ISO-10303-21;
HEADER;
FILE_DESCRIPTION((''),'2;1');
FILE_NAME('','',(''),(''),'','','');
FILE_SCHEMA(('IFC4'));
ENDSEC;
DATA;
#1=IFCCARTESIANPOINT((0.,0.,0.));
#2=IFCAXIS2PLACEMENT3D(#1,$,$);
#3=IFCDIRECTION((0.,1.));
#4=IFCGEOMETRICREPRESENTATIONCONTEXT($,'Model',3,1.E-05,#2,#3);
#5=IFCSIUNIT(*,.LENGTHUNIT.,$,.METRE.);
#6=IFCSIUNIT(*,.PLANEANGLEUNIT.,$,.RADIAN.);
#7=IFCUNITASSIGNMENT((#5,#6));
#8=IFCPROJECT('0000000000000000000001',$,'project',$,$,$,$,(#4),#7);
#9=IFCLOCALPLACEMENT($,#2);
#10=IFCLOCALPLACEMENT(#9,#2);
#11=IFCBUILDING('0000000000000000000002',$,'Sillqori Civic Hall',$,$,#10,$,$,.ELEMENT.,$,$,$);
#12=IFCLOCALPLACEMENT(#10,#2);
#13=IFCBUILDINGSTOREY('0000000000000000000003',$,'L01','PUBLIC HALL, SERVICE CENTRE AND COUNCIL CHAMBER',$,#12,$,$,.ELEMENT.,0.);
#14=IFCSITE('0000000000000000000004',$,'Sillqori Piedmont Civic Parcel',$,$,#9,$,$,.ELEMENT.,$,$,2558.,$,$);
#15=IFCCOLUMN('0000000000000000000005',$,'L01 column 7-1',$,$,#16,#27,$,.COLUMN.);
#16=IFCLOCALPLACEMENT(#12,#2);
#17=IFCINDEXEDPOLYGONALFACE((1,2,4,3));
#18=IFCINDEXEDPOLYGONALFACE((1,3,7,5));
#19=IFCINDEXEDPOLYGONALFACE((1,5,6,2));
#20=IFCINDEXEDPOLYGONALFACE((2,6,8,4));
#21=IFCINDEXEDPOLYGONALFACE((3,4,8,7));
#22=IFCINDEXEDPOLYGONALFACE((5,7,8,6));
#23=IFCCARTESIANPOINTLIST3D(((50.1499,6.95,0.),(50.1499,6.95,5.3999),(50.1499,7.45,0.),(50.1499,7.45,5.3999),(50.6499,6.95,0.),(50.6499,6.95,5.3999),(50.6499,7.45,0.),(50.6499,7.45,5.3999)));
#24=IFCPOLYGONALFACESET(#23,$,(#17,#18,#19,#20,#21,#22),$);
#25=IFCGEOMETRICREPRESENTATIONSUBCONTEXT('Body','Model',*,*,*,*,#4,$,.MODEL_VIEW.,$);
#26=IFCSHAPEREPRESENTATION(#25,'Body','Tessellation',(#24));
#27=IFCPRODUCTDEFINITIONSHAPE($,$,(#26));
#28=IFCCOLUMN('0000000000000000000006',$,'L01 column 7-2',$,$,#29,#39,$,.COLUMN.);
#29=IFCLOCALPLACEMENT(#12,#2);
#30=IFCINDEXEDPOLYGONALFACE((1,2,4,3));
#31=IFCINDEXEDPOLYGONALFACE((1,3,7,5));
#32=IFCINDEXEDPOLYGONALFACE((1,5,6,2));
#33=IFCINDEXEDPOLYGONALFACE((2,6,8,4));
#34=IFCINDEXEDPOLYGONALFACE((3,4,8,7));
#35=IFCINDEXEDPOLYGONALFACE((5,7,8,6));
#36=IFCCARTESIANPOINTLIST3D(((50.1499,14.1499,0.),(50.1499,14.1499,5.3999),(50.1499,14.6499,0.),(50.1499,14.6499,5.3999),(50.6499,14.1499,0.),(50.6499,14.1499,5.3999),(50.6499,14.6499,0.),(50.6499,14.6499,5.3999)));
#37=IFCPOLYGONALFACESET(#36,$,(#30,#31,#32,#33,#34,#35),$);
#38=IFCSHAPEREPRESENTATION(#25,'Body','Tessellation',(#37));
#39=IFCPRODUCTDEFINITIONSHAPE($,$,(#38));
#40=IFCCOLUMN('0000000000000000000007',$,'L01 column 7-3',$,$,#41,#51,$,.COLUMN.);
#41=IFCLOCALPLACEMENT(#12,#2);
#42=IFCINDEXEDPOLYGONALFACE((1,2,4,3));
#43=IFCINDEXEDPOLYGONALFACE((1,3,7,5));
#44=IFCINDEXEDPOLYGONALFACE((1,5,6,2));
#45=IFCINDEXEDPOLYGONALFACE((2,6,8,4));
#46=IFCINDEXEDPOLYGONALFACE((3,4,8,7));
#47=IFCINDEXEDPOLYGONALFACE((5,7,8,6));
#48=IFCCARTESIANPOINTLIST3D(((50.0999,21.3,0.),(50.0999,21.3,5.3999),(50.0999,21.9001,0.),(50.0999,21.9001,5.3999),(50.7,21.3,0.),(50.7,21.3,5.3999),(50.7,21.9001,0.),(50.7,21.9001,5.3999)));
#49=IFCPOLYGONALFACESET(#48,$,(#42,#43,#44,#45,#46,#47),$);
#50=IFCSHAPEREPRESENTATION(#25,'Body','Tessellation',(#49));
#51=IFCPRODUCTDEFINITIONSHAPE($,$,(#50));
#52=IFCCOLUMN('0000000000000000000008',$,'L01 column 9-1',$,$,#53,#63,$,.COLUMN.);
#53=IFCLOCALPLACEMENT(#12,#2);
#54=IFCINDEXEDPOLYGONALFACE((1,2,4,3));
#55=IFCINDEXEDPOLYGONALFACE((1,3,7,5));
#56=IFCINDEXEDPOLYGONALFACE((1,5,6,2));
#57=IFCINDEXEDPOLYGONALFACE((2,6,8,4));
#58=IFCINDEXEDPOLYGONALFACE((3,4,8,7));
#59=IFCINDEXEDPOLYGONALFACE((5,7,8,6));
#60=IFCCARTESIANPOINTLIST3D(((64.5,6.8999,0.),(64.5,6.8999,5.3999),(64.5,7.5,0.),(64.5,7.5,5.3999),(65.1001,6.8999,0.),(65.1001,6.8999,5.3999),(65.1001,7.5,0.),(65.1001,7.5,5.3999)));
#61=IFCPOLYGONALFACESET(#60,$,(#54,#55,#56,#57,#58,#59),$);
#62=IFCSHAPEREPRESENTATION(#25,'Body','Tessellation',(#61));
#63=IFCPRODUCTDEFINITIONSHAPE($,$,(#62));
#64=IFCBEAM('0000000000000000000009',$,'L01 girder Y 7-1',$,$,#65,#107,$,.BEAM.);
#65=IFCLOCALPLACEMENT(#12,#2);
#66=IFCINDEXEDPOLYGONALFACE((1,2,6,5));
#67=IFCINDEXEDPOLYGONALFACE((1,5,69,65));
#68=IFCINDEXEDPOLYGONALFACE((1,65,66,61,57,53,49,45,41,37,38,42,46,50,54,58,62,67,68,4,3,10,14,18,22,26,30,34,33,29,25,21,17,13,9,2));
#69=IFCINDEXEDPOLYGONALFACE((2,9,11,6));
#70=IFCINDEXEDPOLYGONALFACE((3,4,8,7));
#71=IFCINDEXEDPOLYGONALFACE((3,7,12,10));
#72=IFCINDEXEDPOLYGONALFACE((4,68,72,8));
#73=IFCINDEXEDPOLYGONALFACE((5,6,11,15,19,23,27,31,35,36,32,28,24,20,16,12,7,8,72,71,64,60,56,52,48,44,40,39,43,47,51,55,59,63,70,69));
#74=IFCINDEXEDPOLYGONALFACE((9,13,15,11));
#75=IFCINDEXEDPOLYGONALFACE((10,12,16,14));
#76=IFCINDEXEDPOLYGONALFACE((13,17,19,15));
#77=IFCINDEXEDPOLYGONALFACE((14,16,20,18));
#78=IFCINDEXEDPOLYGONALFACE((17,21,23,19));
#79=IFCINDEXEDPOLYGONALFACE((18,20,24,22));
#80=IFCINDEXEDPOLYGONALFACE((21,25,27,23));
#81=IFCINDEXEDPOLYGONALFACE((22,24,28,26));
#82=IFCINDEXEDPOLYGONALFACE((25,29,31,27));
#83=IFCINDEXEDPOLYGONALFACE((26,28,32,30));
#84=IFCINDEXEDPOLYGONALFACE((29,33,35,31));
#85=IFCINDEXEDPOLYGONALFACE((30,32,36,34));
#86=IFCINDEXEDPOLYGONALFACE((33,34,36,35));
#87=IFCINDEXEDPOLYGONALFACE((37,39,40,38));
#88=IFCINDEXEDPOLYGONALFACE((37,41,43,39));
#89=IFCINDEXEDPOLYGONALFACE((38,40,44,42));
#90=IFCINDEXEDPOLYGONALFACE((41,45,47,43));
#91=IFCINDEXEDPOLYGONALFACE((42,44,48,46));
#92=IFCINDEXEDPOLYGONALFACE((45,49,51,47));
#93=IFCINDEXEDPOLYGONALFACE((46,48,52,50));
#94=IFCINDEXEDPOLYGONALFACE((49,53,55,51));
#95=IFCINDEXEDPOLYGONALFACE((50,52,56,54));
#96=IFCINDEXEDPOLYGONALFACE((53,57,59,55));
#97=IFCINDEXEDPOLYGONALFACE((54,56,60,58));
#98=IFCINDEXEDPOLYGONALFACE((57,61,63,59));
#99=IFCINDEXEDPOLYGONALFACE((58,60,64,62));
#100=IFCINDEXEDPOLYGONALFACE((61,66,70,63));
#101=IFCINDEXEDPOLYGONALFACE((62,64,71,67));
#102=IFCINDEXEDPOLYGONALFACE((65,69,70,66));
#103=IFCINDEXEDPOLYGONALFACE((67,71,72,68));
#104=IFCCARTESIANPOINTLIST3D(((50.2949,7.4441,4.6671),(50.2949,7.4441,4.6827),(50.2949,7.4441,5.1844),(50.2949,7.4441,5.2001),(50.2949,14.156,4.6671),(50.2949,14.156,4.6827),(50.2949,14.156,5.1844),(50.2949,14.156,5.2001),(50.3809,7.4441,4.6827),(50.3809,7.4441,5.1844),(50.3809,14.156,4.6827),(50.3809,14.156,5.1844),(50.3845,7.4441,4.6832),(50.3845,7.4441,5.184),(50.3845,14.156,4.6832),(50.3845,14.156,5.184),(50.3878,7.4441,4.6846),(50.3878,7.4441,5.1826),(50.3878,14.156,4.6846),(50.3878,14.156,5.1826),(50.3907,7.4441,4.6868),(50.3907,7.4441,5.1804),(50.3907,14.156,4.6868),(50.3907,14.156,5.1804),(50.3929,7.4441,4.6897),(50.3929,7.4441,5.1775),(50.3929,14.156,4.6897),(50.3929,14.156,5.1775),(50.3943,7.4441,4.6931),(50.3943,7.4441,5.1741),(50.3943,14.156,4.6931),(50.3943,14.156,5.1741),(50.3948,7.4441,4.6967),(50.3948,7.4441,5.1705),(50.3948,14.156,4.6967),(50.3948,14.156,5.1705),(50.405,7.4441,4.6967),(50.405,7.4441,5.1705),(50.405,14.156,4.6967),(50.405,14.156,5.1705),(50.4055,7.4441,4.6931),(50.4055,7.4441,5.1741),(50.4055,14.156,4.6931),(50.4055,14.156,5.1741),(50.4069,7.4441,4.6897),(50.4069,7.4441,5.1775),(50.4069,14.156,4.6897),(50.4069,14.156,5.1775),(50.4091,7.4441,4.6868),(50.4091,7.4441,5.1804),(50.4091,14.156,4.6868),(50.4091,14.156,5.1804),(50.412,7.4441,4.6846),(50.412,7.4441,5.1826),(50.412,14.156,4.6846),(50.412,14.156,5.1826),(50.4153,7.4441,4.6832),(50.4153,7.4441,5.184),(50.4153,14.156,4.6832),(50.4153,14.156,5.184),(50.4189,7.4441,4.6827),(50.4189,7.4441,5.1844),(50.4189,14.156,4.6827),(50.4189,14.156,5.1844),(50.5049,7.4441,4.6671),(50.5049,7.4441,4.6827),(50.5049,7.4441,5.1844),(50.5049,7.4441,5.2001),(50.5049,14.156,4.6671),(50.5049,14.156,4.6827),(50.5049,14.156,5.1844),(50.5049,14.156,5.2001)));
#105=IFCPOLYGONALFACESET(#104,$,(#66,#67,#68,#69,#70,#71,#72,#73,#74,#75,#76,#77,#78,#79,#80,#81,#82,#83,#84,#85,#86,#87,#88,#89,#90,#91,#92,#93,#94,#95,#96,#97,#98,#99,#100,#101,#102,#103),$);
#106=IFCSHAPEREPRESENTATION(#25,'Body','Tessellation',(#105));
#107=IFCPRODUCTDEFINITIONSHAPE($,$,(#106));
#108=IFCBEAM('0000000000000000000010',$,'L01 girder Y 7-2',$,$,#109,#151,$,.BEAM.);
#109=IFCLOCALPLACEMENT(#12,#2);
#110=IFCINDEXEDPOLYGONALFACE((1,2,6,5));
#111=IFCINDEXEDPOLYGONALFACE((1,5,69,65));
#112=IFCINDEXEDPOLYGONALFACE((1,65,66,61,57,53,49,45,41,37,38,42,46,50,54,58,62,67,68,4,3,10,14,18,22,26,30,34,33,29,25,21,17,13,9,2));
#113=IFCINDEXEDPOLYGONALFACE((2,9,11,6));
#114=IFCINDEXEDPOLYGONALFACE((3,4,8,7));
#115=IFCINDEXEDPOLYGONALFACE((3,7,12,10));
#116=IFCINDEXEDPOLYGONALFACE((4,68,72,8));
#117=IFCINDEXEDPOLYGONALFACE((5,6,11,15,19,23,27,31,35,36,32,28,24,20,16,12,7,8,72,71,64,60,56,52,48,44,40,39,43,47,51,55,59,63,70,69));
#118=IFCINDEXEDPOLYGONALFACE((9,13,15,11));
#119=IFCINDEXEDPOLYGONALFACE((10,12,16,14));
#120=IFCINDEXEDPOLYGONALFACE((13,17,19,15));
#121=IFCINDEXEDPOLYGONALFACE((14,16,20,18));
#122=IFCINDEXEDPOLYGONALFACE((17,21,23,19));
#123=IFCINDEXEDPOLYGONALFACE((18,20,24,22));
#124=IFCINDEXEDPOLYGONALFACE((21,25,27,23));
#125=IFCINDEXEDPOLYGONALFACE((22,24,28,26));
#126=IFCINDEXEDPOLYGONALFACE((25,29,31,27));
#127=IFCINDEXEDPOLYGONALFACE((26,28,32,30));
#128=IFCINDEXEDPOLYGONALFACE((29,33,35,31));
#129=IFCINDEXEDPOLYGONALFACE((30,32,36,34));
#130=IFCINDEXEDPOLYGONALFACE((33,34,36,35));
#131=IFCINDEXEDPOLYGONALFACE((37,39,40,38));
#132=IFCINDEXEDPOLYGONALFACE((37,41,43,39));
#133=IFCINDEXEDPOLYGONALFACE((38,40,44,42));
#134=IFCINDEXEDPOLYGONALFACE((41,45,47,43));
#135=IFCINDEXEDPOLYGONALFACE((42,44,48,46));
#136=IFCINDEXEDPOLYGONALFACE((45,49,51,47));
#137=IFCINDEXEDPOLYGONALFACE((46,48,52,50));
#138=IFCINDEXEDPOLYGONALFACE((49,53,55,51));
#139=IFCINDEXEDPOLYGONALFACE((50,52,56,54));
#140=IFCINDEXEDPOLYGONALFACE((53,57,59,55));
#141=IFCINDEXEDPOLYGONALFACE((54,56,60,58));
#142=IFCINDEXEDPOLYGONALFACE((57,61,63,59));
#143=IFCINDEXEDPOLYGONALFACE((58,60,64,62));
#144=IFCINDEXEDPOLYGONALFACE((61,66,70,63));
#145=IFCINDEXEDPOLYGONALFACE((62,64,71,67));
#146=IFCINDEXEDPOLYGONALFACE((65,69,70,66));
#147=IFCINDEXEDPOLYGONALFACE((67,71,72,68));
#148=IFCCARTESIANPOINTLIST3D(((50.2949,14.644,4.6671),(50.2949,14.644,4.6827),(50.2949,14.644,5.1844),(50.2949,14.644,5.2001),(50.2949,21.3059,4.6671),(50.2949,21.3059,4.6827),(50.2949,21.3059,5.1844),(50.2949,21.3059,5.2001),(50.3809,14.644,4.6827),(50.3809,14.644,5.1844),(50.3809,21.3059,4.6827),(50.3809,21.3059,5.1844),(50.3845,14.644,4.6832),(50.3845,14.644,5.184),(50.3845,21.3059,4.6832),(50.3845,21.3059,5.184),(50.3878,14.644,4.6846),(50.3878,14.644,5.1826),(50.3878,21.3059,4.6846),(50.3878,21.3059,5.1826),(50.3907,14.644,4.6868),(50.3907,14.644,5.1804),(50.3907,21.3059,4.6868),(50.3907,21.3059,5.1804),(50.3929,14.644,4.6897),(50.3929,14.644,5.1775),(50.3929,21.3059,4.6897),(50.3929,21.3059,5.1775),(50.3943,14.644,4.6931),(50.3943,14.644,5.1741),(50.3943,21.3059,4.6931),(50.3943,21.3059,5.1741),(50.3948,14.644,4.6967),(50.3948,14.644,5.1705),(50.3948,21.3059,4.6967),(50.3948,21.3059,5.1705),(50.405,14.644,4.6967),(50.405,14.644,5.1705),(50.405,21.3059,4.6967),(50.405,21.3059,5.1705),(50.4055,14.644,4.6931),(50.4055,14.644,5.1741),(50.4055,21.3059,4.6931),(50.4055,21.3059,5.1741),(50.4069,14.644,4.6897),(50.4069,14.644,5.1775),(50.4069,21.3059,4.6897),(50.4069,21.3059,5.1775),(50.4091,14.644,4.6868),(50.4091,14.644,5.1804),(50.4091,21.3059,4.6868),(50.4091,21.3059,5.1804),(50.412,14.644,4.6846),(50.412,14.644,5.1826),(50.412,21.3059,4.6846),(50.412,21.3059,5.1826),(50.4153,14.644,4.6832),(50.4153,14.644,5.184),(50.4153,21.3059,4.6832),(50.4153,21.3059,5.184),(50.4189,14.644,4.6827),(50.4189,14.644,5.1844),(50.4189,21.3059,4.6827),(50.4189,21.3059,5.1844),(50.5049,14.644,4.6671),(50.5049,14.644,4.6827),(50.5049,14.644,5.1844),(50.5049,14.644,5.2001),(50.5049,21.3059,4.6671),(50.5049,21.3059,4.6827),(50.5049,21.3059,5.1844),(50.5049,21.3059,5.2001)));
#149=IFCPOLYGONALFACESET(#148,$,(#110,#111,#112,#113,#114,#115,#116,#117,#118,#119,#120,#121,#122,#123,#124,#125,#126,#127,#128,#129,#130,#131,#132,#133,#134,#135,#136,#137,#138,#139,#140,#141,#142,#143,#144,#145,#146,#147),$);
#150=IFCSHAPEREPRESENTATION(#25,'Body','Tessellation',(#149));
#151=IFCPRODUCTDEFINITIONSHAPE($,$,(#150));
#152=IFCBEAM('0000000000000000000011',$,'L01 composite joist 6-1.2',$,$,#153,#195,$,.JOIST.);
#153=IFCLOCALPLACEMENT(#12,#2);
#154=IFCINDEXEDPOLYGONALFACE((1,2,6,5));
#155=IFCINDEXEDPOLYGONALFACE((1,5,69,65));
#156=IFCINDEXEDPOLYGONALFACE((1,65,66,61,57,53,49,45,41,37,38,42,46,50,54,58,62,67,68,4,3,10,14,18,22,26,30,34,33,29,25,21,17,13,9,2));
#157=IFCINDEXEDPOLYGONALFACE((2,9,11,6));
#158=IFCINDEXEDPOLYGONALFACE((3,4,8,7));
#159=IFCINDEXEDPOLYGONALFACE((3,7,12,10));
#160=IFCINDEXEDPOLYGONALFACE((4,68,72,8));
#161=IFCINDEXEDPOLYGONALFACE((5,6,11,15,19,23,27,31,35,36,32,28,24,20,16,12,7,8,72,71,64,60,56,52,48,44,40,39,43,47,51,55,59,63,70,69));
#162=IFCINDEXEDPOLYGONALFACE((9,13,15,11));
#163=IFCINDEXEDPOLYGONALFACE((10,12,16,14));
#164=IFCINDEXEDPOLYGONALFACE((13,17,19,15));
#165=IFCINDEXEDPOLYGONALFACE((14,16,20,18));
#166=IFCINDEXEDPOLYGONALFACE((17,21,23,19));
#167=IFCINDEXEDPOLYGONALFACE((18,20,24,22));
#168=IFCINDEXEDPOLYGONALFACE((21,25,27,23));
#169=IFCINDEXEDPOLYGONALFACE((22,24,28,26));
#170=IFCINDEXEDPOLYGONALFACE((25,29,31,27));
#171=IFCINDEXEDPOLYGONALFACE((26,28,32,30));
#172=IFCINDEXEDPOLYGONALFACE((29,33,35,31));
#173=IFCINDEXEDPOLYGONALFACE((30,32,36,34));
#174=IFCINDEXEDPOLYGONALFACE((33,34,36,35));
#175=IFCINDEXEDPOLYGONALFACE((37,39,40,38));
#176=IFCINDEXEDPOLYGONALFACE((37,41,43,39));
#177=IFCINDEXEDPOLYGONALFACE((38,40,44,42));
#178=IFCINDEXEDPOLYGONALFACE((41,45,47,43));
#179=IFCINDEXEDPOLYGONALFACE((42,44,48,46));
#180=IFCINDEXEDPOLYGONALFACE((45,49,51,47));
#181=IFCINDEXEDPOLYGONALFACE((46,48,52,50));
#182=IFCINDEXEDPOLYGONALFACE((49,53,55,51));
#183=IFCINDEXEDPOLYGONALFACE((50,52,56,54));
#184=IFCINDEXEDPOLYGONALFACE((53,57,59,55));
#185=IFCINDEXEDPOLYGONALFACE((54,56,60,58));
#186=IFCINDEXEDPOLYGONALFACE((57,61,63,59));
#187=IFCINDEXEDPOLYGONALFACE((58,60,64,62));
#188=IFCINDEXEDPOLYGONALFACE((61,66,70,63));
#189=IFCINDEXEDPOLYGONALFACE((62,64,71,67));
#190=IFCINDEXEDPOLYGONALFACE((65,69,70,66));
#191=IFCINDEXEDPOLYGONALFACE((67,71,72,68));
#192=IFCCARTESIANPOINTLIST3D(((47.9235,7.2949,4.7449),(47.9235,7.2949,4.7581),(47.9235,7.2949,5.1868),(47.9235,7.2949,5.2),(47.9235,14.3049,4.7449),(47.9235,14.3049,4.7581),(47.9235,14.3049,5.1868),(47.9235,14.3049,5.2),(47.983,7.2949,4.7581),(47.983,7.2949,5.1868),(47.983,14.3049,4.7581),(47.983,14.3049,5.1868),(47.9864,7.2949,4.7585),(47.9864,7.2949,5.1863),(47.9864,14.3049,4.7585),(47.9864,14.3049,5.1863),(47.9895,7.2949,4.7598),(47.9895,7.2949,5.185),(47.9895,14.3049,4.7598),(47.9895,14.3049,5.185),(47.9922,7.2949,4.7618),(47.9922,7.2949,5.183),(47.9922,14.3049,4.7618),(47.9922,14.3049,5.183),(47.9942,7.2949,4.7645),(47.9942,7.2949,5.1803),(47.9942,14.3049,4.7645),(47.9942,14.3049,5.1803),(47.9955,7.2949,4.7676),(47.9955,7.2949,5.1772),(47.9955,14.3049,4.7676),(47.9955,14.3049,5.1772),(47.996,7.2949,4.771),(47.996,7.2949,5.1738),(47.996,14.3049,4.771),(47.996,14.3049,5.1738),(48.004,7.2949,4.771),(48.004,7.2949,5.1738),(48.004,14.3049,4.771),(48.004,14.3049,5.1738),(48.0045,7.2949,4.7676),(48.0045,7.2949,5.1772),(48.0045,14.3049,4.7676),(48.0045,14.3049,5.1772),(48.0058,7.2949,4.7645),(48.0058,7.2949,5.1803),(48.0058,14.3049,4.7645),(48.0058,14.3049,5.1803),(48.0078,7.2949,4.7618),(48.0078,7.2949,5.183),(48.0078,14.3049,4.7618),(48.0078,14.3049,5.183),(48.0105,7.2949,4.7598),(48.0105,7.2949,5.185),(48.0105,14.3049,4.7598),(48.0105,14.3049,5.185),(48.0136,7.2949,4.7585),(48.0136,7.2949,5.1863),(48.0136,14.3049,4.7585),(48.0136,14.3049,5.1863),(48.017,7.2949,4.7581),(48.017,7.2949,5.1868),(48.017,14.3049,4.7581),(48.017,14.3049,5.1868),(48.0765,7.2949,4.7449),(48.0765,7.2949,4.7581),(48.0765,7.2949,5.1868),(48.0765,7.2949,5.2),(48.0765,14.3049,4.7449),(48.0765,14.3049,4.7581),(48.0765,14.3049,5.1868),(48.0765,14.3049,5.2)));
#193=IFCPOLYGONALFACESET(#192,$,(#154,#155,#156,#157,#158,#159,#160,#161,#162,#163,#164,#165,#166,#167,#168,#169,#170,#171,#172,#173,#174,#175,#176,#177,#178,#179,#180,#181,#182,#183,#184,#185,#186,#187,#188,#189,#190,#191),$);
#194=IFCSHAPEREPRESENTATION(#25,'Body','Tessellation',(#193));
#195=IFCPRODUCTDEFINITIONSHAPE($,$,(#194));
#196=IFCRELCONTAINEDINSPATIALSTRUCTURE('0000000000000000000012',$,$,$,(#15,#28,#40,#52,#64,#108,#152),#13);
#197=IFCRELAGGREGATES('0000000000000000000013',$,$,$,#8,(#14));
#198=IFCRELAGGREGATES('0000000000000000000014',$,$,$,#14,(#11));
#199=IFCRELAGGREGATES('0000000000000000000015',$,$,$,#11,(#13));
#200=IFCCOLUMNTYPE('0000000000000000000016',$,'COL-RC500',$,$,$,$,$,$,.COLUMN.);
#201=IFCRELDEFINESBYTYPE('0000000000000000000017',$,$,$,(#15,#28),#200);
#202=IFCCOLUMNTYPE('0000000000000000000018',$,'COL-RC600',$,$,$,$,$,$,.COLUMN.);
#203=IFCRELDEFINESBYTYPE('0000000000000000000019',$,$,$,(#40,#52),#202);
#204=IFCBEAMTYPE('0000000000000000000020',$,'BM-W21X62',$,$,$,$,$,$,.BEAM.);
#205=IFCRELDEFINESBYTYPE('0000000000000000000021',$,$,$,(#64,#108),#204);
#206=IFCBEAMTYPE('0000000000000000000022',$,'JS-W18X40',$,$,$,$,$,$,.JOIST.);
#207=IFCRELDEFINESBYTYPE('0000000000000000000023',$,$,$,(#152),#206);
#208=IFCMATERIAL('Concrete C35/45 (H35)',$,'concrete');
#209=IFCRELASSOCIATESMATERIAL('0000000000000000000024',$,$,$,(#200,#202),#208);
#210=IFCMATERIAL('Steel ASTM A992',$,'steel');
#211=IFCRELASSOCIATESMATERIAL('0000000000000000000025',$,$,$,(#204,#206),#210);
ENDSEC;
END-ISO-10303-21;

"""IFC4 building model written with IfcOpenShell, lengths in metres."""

from ifc_helpers import new_model, si_unit, direction, frame, origin, origin_2d, place, context, subcontext, project, spatial, rectangle, i_section, extrude, material, material_profile, profile_set, type_object, element, save


model = new_model("IFC4")

# Units and contexts
model_context = context("Model", 3, precision=1e-05, world=origin(), true_north=direction((0.0, 1.0)))
body_context = subcontext(model_context, "Body", "Model", "MODEL_VIEW")
ifc_project = project(units=[si_unit("LENGTHUNIT", "METRE"), si_unit("PLANEANGLEUNIT", "RADIAN")], contexts=[model_context])

# Site, building, storey
site_placement = place(None, origin())
site = spatial("IfcSite", under=ifc_project, at=site_placement, Name="Sillqori Piedmont Civic Parcel", CompositionType="ELEMENT", RefElevation=2558.0)
building_placement = place(site_placement, origin())
building = spatial("IfcBuilding", under=site, at=building_placement, Name="Sillqori Civic Hall", CompositionType="ELEMENT")
storey_placement = place(building_placement, origin())
storey = spatial("IfcBuildingStorey", under=building, at=storey_placement, Name="L01", Description="PUBLIC HALL, SERVICE CENTRE AND COUNCIL CHAMBER", CompositionType="ELEMENT", Elevation=0.0)

# Columns
ifc_material_1 = material(Name="Concrete C35/45 (H35)", Category="concrete")
ifc_material_profile_1 = material_profile(ifc_material_1, rectangle(XDim=0.5, YDim=0.5, at=origin_2d()), Name="RC 500x500")
ifc_profile_set_1 = profile_set([ifc_material_profile_1], Name="Concrete C35/45 (H35)")
column_type_1 = type_object("IfcColumnType", Name="COL-RC500", PredefinedType="COLUMN", material=ifc_profile_set_1)
for number, where, z_axis, x_axis, name in (
    (1, (50.3999, 7.2, 0.0), (0.0, 0.0, 1.0), (1.0, 0.0, 0.0), "L01 column 7-1"),
    (2, (50.3999, 14.3999, 0.0), (0.0, 0.0, 1.0), (1.0, 0.0, 0.0), "L01 column 7-2"),
):
    element("IfcColumn", number, at=place(storey_placement, frame(where, z_axis=z_axis, x_axis=x_axis)), inside=storey, type_object=column_type_1, Name=name, PredefinedType="COLUMN", context=body_context, shape_type="SweptSolid", body=[
        extrude(rectangle(XDim=0.5, YDim=0.5, at=origin_2d()), origin(), (0.0, 0.0, 1.0), 5.3999),
    ])
ifc_material_profile_2 = material_profile(ifc_material_1, rectangle(XDim=0.6001, YDim=0.6001, at=origin_2d()), Name="RC 600x600")
ifc_profile_set_2 = profile_set([ifc_material_profile_2], Name="Concrete C35/45 (H35)")
column_type_2 = type_object("IfcColumnType", Name="COL-RC600", PredefinedType="COLUMN", material=ifc_profile_set_2)
for number, where, z_axis, x_axis, name in (
    (3, (50.3999, 21.6001, 0.0), (0.0, 0.0, 1.0), (1.0, 0.0, 0.0), "L01 column 7-3"),
    (4, (64.8, 7.2, 0.0), (0.0, 0.0, 1.0), (1.0, 0.0, 0.0), "L01 column 9-1"),
):
    element("IfcColumn", number, at=place(storey_placement, frame(where, z_axis=z_axis, x_axis=x_axis)), inside=storey, type_object=column_type_2, Name=name, PredefinedType="COLUMN", context=body_context, shape_type="SweptSolid", body=[
        extrude(rectangle(XDim=0.6001, YDim=0.6001, at=origin_2d()), origin(), (0.0, 0.0, 1.0), 5.3999),
    ])

# Beams
ifc_material_2 = material(Name="Steel ASTM A992", Category="steel")
ifc_material_profile_3 = material_profile(ifc_material_2, i_section(OverallWidth=0.21, OverallDepth=0.533, WebThickness=0.0103, FlangeThickness=0.0156, FilletRadius=0.0139, at=origin_2d()), Name="W21X62")
ifc_profile_set_3 = profile_set([ifc_material_profile_3], Name="Steel ASTM A992")
beam_type_1 = type_object("IfcBeamType", Name="BM-W21X62", PredefinedType="BEAM", material=ifc_profile_set_3)
beam_1_placement = place(storey_placement, frame((50.3999, 7.4441, 4.9336), z_axis=(0.0, 1.0, 0.0), x_axis=(-1.0, 0.0, 0.0)))
element("IfcBeam", 5, at=beam_1_placement, inside=storey, type_object=beam_type_1, Name="L01 girder Y 7-1", PredefinedType="BEAM", context=body_context, shape_type="SweptSolid", body=[
    extrude(i_section(OverallWidth=0.21, OverallDepth=0.533, WebThickness=0.0103, FlangeThickness=0.0156, FilletRadius=0.0139, at=origin_2d()), origin(), (0.0, 0.0, 1.0), 6.7119),
])
beam_2_placement = place(storey_placement, frame((50.3999, 14.644, 4.9336), z_axis=(0.0, 1.0, 0.0), x_axis=(-1.0, 0.0, 0.0)))
element("IfcBeam", 6, at=beam_2_placement, inside=storey, type_object=beam_type_1, Name="L01 girder Y 7-2", PredefinedType="BEAM", context=body_context, shape_type="SweptSolid", body=[
    extrude(i_section(OverallWidth=0.21, OverallDepth=0.533, WebThickness=0.0103, FlangeThickness=0.0156, FilletRadius=0.0139, at=origin_2d()), origin(), (0.0, 0.0, 1.0), 6.6619),
])
ifc_material_profile_4 = material_profile(ifc_material_2, i_section(OverallWidth=0.1531, OverallDepth=0.4551, WebThickness=0.0081, FlangeThickness=0.0132, FilletRadius=0.0129, at=origin_2d()), Name="W18X40")
ifc_profile_set_4 = profile_set([ifc_material_profile_4], Name="Steel ASTM A992")
beam_type_2 = type_object("IfcBeamType", Name="JS-W18X40", PredefinedType="JOIST", material=ifc_profile_set_4)
beam_3_placement = place(storey_placement, frame((48.0, 7.2949, 4.9724), z_axis=(0.0, 1.0, 0.0), x_axis=(-1.0, 0.0, 0.0)))
element("IfcBeam", 7, at=beam_3_placement, inside=storey, type_object=beam_type_2, Name="L01 composite joist 6-1.2", PredefinedType="JOIST", context=body_context, shape_type="SweptSolid", body=[
    extrude(i_section(OverallWidth=0.1531, OverallDepth=0.4551, WebThickness=0.0081, FlangeThickness=0.0132, FilletRadius=0.0129, at=origin_2d()), origin(), (0.0, 0.0, 1.0), 7.01),
])

save(model, "model.ifc")
